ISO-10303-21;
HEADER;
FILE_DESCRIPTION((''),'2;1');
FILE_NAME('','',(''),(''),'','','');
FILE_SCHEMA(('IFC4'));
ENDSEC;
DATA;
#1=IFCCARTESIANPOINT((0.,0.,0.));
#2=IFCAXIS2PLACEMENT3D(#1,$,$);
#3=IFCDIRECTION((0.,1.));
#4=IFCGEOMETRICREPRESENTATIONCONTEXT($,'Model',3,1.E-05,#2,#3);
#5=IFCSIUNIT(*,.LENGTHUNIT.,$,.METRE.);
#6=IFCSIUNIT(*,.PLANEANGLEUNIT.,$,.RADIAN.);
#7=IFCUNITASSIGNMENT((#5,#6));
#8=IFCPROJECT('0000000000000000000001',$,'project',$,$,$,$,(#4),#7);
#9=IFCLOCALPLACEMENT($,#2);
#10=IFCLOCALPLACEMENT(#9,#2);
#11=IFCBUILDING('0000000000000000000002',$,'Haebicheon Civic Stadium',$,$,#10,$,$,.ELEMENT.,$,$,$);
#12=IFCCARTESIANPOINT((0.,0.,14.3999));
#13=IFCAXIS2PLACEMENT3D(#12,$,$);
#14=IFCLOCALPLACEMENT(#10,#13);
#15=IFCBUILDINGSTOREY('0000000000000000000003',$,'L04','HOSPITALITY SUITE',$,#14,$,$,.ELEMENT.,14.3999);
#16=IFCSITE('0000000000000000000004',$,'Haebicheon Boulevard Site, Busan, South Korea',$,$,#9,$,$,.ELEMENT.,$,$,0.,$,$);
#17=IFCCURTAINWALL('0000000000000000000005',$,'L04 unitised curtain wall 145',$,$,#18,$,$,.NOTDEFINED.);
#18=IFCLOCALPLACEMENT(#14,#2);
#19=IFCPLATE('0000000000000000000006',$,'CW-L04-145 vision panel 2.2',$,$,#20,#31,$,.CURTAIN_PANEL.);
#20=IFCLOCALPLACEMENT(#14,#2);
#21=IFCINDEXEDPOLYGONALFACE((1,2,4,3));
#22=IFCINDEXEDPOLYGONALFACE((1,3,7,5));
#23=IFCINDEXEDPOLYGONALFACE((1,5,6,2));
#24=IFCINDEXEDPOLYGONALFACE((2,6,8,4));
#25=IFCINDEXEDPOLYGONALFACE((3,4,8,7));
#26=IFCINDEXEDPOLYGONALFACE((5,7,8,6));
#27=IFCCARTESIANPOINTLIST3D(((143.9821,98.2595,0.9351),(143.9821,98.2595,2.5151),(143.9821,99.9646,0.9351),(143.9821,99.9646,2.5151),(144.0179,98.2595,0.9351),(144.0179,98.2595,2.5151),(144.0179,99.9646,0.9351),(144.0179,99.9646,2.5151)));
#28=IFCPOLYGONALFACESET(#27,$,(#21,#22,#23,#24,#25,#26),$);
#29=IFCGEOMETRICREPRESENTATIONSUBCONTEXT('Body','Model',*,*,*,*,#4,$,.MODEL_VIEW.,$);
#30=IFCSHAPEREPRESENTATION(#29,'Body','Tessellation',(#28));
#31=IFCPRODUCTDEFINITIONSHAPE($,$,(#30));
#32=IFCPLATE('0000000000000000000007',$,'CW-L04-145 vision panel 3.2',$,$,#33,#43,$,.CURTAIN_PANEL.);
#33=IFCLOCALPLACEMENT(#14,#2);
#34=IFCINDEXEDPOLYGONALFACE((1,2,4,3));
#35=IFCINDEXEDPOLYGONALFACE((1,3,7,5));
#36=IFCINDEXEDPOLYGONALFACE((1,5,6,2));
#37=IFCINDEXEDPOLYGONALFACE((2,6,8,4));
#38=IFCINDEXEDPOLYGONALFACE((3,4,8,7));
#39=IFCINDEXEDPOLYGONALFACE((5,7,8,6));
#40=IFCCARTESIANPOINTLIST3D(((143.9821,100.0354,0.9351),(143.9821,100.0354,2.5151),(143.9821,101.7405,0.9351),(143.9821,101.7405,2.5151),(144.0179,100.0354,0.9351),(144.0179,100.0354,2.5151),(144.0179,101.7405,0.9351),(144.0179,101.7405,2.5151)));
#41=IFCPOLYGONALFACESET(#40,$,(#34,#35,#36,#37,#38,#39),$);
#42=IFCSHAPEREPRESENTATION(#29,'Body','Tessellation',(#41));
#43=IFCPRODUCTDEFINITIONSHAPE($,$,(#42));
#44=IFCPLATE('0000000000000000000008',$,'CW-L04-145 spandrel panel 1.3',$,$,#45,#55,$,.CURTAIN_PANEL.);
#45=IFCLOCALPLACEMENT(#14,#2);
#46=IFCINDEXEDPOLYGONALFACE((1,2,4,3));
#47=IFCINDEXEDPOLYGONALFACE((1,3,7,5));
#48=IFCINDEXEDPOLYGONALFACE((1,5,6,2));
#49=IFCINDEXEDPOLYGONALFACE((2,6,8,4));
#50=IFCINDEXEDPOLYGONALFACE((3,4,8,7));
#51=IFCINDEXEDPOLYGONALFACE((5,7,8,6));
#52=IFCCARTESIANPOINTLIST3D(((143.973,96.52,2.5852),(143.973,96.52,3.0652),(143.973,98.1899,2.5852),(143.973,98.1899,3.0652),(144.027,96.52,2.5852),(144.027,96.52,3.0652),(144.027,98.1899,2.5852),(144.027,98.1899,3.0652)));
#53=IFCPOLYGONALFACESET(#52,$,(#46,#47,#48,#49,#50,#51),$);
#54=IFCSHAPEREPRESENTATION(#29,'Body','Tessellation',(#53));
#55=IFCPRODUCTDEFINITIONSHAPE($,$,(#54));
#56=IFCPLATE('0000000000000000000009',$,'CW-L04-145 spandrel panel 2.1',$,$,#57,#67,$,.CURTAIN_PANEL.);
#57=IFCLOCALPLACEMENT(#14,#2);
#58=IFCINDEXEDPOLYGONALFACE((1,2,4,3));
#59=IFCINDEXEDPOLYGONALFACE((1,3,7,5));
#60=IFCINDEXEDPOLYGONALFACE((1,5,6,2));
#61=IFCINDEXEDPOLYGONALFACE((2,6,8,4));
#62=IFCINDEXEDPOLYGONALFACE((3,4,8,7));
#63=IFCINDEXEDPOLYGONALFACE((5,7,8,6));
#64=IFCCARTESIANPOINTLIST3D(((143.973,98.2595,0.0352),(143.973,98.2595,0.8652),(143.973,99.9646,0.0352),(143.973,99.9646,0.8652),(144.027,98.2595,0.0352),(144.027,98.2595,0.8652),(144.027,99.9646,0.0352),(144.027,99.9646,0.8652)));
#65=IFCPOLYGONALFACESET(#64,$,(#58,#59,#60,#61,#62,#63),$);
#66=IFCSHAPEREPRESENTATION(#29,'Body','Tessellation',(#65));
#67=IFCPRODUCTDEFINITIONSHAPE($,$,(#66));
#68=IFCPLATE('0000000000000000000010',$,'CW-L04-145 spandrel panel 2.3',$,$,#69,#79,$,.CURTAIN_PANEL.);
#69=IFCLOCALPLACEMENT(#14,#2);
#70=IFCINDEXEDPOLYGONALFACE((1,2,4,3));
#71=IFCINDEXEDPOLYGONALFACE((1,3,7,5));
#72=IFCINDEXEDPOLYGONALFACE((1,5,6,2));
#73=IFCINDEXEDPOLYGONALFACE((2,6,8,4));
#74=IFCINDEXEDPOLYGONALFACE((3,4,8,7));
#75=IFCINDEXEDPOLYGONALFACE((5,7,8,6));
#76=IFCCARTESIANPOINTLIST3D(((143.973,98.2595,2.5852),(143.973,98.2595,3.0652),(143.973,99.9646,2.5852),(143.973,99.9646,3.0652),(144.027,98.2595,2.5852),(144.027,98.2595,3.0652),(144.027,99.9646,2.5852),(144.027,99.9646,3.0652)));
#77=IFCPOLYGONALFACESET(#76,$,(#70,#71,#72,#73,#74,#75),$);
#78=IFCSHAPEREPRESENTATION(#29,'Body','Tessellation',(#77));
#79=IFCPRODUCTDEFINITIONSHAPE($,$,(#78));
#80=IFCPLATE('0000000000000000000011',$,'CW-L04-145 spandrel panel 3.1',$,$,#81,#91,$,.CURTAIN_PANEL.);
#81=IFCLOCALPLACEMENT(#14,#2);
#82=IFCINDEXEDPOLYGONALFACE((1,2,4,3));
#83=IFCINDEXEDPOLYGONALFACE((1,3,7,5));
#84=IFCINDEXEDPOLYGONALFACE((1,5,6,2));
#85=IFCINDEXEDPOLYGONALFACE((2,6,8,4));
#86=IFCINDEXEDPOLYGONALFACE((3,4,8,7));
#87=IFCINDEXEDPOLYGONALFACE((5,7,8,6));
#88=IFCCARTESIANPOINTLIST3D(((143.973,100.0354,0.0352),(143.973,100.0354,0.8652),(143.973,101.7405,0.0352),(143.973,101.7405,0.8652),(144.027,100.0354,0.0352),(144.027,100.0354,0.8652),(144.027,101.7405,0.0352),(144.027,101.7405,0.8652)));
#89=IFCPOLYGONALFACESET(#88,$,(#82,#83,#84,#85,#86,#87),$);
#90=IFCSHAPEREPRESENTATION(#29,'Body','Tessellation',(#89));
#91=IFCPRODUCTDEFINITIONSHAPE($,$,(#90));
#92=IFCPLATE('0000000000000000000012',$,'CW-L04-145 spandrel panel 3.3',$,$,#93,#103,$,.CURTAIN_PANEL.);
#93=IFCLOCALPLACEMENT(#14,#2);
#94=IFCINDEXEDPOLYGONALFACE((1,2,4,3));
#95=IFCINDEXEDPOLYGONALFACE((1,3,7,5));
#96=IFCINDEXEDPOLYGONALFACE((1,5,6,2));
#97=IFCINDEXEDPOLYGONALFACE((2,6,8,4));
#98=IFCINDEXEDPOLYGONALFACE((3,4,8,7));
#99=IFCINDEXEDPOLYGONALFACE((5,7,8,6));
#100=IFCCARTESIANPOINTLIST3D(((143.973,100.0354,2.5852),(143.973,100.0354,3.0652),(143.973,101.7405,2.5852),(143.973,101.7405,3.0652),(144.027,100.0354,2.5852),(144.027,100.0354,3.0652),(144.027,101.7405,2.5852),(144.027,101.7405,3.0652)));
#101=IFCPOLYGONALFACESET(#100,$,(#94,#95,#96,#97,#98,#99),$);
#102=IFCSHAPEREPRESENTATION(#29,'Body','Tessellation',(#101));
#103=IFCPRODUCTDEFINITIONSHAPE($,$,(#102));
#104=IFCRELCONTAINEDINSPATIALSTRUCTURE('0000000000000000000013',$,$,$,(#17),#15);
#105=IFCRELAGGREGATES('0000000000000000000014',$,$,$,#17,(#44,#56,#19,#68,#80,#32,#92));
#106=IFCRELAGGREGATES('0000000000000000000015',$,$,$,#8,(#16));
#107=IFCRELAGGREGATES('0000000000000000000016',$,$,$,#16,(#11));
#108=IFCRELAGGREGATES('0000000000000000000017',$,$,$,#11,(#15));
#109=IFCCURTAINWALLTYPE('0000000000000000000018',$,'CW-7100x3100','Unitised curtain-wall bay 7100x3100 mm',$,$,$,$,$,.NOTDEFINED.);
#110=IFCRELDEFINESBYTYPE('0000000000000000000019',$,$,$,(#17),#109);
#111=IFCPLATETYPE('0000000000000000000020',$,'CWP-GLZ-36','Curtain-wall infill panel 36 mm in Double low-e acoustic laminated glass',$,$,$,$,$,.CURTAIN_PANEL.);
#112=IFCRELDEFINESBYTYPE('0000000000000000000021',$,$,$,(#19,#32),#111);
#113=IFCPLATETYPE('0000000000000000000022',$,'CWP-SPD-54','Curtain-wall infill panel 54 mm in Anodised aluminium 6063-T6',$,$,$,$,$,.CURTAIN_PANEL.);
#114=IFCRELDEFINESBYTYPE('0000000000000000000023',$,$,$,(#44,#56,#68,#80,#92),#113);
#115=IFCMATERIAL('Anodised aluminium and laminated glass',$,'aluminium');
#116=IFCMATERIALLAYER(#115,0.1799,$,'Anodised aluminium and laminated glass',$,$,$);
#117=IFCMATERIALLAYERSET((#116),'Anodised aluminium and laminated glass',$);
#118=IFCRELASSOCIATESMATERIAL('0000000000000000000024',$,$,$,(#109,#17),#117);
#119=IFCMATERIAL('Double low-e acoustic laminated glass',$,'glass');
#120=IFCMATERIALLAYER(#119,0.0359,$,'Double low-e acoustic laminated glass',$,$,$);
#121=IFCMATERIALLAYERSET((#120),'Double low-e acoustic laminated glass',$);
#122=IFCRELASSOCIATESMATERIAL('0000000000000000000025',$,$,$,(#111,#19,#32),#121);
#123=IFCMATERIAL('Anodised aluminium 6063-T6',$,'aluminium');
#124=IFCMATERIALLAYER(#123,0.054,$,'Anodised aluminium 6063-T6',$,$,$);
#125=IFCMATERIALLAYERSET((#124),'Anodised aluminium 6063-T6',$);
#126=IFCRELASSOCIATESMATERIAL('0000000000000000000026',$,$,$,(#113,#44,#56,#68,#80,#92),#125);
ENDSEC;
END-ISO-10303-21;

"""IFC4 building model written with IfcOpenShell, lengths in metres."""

from ifc_helpers import new_model, si_unit, direction, frame, origin, origin_2d, place, context, subcontext, project, spatial, rectangle, extrude, material, layer, layer_set, type_object, element, aggregate, save


model = new_model("IFC4")

# Units and contexts
model_context = context("Model", 3, precision=1e-05, world=origin(), true_north=direction((0.0, 1.0)))
body_context = subcontext(model_context, "Body", "Model", "MODEL_VIEW")
ifc_project = project(units=[si_unit("LENGTHUNIT", "METRE"), si_unit("PLANEANGLEUNIT", "RADIAN")], contexts=[model_context])

# Site, building, storey
site_placement = place(None, origin())
site = spatial("IfcSite", under=ifc_project, at=site_placement, Name="Haebicheon Boulevard Site, Busan, South Korea", CompositionType="ELEMENT", RefElevation=0.0)
building_placement = place(site_placement, origin())
building = spatial("IfcBuilding", under=site, at=building_placement, Name="Haebicheon Civic Stadium", CompositionType="ELEMENT")
storey_placement = place(building_placement, frame((0.0, 0.0, 14.3999)))
storey = spatial("IfcBuildingStorey", under=building, at=storey_placement, Name="L04", Description="HOSPITALITY SUITE", CompositionType="ELEMENT", Elevation=14.3999)

# Curtain wall
ifc_material_1 = material(Name="Anodised aluminium and laminated glass", Category="aluminium")
ifc_layer_1 = layer(ifc_material_1, 0.1799, Name="Anodised aluminium and laminated glass")
ifc_layer_set_1 = layer_set([ifc_layer_1], Name="Anodised aluminium and laminated glass")
curtain_wall_type = type_object("IfcCurtainWallType", Name="CW-7100x3100", Description="Unitised curtain-wall bay 7100x3100 mm", PredefinedType="NOTDEFINED", material=ifc_layer_set_1)
curtain_wall_placement = place(storey_placement, origin())
curtain_wall = element("IfcCurtainWall", 1, at=curtain_wall_placement, inside=storey, type_object=curtain_wall_type, material=ifc_layer_set_1, Name="L04 unitised curtain wall 145", PredefinedType="NOTDEFINED")

# Plates
ifc_material_2 = material(Name="Double low-e acoustic laminated glass", Category="glass")
ifc_layer_2 = layer(ifc_material_2, 0.0359, Name="Double low-e acoustic laminated glass")
ifc_layer_set_2 = layer_set([ifc_layer_2], Name="Double low-e acoustic laminated glass")
plate_type_1 = type_object("IfcPlateType", Name="CWP-GLZ-36", Description="Curtain-wall infill panel 36 mm in Double low-e acoustic laminated glass", PredefinedType="CURTAIN_PANEL", material=ifc_layer_set_2)
plate_1_placement = place(storey_placement, frame((144.0, 99.1121, 0.9351), z_axis=(0.0, 0.0, 1.0), x_axis=(0.0, 1.0, 0.0)))
plate_1 = element("IfcPlate", 2, at=plate_1_placement, type_object=plate_type_1, material=ifc_layer_set_2, Name="CW-L04-145 vision panel 2.2", PredefinedType="CURTAIN_PANEL", context=body_context, shape_type="SweptSolid", body=[
    extrude(rectangle(XDim=1.7051, YDim=0.0359, at=origin_2d()), origin(), (0.0, 0.0, 1.0), 1.5801),
])
plate_2_placement = place(storey_placement, frame((144.0, 100.8879, 0.9351), z_axis=(0.0, 0.0, 1.0), x_axis=(0.0, 1.0, 0.0)))
plate_2 = element("IfcPlate", 3, at=plate_2_placement, type_object=plate_type_1, material=ifc_layer_set_2, Name="CW-L04-145 vision panel 3.2", PredefinedType="CURTAIN_PANEL", context=body_context, shape_type="SweptSolid", body=[
    extrude(rectangle(XDim=1.7051, YDim=0.0359, at=origin_2d()), origin(), (0.0, 0.0, 1.0), 1.5801),
])
ifc_material_3 = material(Name="Anodised aluminium 6063-T6", Category="aluminium")
ifc_layer_3 = layer(ifc_material_3, 0.054, Name="Anodised aluminium 6063-T6")
ifc_layer_set_3 = layer_set([ifc_layer_3], Name="Anodised aluminium 6063-T6")
plate_type_2 = type_object("IfcPlateType", Name="CWP-SPD-54", Description="Curtain-wall infill panel 54 mm in Anodised aluminium 6063-T6", PredefinedType="CURTAIN_PANEL", material=ifc_layer_set_3)
plate_3_placement = place(storey_placement, frame((144.0, 97.355, 2.5852), z_axis=(0.0, 0.0, 1.0), x_axis=(0.0, 1.0, 0.0)))
plate_3 = element("IfcPlate", 4, at=plate_3_placement, type_object=plate_type_2, material=ifc_layer_set_3, Name="CW-L04-145 spandrel panel 1.3", PredefinedType="CURTAIN_PANEL", context=body_context, shape_type="SweptSolid", body=[
    extrude(rectangle(XDim=1.6699, YDim=0.054, at=origin_2d()), origin(), (0.0, 0.0, 1.0), 0.48),
])
plate_4_placement = place(storey_placement, frame((144.0, 99.1121, 0.0352), z_axis=(0.0, 0.0, 1.0), x_axis=(0.0, 1.0, 0.0)))
plate_4 = element("IfcPlate", 5, at=plate_4_placement, type_object=plate_type_2, material=ifc_layer_set_3, Name="CW-L04-145 spandrel panel 2.1", PredefinedType="CURTAIN_PANEL", context=body_context, shape_type="SweptSolid", body=[
    extrude(rectangle(XDim=1.7051, YDim=0.054, at=origin_2d()), origin(), (0.0, 0.0, 1.0), 0.8301),
])
plate_5_placement = place(storey_placement, frame((144.0, 99.1121, 2.5852), z_axis=(0.0, 0.0, 1.0), x_axis=(0.0, 1.0, 0.0)))
plate_5 = element("IfcPlate", 6, at=plate_5_placement, type_object=plate_type_2, material=ifc_layer_set_3, Name="CW-L04-145 spandrel panel 2.3", PredefinedType="CURTAIN_PANEL", context=body_context, shape_type="SweptSolid", body=[
    extrude(rectangle(XDim=1.7051, YDim=0.054, at=origin_2d()), origin(), (0.0, 0.0, 1.0), 0.48),
])
plate_6_placement = place(storey_placement, frame((144.0, 100.8879, 0.0352), z_axis=(0.0, 0.0, 1.0), x_axis=(0.0, 1.0, 0.0)))
plate_6 = element("IfcPlate", 7, at=plate_6_placement, type_object=plate_type_2, material=ifc_layer_set_3, Name="CW-L04-145 spandrel panel 3.1", PredefinedType="CURTAIN_PANEL", context=body_context, shape_type="SweptSolid", body=[
    extrude(rectangle(XDim=1.7051, YDim=0.054, at=origin_2d()), origin(), (0.0, 0.0, 1.0), 0.8301),
])
plate_7_placement = place(storey_placement, frame((144.0, 100.8879, 2.5852), z_axis=(0.0, 0.0, 1.0), x_axis=(0.0, 1.0, 0.0)))
plate_7 = element("IfcPlate", 8, at=plate_7_placement, type_object=plate_type_2, material=ifc_layer_set_3, Name="CW-L04-145 spandrel panel 3.3", PredefinedType="CURTAIN_PANEL", context=body_context, shape_type="SweptSolid", body=[
    extrude(rectangle(XDim=1.7051, YDim=0.054, at=origin_2d()), origin(), (0.0, 0.0, 1.0), 0.48),
])
aggregate(curtain_wall, [plate_3, plate_4, plate_1, plate_5, plate_6, plate_2, plate_7])

save(model, "model.ifc")
